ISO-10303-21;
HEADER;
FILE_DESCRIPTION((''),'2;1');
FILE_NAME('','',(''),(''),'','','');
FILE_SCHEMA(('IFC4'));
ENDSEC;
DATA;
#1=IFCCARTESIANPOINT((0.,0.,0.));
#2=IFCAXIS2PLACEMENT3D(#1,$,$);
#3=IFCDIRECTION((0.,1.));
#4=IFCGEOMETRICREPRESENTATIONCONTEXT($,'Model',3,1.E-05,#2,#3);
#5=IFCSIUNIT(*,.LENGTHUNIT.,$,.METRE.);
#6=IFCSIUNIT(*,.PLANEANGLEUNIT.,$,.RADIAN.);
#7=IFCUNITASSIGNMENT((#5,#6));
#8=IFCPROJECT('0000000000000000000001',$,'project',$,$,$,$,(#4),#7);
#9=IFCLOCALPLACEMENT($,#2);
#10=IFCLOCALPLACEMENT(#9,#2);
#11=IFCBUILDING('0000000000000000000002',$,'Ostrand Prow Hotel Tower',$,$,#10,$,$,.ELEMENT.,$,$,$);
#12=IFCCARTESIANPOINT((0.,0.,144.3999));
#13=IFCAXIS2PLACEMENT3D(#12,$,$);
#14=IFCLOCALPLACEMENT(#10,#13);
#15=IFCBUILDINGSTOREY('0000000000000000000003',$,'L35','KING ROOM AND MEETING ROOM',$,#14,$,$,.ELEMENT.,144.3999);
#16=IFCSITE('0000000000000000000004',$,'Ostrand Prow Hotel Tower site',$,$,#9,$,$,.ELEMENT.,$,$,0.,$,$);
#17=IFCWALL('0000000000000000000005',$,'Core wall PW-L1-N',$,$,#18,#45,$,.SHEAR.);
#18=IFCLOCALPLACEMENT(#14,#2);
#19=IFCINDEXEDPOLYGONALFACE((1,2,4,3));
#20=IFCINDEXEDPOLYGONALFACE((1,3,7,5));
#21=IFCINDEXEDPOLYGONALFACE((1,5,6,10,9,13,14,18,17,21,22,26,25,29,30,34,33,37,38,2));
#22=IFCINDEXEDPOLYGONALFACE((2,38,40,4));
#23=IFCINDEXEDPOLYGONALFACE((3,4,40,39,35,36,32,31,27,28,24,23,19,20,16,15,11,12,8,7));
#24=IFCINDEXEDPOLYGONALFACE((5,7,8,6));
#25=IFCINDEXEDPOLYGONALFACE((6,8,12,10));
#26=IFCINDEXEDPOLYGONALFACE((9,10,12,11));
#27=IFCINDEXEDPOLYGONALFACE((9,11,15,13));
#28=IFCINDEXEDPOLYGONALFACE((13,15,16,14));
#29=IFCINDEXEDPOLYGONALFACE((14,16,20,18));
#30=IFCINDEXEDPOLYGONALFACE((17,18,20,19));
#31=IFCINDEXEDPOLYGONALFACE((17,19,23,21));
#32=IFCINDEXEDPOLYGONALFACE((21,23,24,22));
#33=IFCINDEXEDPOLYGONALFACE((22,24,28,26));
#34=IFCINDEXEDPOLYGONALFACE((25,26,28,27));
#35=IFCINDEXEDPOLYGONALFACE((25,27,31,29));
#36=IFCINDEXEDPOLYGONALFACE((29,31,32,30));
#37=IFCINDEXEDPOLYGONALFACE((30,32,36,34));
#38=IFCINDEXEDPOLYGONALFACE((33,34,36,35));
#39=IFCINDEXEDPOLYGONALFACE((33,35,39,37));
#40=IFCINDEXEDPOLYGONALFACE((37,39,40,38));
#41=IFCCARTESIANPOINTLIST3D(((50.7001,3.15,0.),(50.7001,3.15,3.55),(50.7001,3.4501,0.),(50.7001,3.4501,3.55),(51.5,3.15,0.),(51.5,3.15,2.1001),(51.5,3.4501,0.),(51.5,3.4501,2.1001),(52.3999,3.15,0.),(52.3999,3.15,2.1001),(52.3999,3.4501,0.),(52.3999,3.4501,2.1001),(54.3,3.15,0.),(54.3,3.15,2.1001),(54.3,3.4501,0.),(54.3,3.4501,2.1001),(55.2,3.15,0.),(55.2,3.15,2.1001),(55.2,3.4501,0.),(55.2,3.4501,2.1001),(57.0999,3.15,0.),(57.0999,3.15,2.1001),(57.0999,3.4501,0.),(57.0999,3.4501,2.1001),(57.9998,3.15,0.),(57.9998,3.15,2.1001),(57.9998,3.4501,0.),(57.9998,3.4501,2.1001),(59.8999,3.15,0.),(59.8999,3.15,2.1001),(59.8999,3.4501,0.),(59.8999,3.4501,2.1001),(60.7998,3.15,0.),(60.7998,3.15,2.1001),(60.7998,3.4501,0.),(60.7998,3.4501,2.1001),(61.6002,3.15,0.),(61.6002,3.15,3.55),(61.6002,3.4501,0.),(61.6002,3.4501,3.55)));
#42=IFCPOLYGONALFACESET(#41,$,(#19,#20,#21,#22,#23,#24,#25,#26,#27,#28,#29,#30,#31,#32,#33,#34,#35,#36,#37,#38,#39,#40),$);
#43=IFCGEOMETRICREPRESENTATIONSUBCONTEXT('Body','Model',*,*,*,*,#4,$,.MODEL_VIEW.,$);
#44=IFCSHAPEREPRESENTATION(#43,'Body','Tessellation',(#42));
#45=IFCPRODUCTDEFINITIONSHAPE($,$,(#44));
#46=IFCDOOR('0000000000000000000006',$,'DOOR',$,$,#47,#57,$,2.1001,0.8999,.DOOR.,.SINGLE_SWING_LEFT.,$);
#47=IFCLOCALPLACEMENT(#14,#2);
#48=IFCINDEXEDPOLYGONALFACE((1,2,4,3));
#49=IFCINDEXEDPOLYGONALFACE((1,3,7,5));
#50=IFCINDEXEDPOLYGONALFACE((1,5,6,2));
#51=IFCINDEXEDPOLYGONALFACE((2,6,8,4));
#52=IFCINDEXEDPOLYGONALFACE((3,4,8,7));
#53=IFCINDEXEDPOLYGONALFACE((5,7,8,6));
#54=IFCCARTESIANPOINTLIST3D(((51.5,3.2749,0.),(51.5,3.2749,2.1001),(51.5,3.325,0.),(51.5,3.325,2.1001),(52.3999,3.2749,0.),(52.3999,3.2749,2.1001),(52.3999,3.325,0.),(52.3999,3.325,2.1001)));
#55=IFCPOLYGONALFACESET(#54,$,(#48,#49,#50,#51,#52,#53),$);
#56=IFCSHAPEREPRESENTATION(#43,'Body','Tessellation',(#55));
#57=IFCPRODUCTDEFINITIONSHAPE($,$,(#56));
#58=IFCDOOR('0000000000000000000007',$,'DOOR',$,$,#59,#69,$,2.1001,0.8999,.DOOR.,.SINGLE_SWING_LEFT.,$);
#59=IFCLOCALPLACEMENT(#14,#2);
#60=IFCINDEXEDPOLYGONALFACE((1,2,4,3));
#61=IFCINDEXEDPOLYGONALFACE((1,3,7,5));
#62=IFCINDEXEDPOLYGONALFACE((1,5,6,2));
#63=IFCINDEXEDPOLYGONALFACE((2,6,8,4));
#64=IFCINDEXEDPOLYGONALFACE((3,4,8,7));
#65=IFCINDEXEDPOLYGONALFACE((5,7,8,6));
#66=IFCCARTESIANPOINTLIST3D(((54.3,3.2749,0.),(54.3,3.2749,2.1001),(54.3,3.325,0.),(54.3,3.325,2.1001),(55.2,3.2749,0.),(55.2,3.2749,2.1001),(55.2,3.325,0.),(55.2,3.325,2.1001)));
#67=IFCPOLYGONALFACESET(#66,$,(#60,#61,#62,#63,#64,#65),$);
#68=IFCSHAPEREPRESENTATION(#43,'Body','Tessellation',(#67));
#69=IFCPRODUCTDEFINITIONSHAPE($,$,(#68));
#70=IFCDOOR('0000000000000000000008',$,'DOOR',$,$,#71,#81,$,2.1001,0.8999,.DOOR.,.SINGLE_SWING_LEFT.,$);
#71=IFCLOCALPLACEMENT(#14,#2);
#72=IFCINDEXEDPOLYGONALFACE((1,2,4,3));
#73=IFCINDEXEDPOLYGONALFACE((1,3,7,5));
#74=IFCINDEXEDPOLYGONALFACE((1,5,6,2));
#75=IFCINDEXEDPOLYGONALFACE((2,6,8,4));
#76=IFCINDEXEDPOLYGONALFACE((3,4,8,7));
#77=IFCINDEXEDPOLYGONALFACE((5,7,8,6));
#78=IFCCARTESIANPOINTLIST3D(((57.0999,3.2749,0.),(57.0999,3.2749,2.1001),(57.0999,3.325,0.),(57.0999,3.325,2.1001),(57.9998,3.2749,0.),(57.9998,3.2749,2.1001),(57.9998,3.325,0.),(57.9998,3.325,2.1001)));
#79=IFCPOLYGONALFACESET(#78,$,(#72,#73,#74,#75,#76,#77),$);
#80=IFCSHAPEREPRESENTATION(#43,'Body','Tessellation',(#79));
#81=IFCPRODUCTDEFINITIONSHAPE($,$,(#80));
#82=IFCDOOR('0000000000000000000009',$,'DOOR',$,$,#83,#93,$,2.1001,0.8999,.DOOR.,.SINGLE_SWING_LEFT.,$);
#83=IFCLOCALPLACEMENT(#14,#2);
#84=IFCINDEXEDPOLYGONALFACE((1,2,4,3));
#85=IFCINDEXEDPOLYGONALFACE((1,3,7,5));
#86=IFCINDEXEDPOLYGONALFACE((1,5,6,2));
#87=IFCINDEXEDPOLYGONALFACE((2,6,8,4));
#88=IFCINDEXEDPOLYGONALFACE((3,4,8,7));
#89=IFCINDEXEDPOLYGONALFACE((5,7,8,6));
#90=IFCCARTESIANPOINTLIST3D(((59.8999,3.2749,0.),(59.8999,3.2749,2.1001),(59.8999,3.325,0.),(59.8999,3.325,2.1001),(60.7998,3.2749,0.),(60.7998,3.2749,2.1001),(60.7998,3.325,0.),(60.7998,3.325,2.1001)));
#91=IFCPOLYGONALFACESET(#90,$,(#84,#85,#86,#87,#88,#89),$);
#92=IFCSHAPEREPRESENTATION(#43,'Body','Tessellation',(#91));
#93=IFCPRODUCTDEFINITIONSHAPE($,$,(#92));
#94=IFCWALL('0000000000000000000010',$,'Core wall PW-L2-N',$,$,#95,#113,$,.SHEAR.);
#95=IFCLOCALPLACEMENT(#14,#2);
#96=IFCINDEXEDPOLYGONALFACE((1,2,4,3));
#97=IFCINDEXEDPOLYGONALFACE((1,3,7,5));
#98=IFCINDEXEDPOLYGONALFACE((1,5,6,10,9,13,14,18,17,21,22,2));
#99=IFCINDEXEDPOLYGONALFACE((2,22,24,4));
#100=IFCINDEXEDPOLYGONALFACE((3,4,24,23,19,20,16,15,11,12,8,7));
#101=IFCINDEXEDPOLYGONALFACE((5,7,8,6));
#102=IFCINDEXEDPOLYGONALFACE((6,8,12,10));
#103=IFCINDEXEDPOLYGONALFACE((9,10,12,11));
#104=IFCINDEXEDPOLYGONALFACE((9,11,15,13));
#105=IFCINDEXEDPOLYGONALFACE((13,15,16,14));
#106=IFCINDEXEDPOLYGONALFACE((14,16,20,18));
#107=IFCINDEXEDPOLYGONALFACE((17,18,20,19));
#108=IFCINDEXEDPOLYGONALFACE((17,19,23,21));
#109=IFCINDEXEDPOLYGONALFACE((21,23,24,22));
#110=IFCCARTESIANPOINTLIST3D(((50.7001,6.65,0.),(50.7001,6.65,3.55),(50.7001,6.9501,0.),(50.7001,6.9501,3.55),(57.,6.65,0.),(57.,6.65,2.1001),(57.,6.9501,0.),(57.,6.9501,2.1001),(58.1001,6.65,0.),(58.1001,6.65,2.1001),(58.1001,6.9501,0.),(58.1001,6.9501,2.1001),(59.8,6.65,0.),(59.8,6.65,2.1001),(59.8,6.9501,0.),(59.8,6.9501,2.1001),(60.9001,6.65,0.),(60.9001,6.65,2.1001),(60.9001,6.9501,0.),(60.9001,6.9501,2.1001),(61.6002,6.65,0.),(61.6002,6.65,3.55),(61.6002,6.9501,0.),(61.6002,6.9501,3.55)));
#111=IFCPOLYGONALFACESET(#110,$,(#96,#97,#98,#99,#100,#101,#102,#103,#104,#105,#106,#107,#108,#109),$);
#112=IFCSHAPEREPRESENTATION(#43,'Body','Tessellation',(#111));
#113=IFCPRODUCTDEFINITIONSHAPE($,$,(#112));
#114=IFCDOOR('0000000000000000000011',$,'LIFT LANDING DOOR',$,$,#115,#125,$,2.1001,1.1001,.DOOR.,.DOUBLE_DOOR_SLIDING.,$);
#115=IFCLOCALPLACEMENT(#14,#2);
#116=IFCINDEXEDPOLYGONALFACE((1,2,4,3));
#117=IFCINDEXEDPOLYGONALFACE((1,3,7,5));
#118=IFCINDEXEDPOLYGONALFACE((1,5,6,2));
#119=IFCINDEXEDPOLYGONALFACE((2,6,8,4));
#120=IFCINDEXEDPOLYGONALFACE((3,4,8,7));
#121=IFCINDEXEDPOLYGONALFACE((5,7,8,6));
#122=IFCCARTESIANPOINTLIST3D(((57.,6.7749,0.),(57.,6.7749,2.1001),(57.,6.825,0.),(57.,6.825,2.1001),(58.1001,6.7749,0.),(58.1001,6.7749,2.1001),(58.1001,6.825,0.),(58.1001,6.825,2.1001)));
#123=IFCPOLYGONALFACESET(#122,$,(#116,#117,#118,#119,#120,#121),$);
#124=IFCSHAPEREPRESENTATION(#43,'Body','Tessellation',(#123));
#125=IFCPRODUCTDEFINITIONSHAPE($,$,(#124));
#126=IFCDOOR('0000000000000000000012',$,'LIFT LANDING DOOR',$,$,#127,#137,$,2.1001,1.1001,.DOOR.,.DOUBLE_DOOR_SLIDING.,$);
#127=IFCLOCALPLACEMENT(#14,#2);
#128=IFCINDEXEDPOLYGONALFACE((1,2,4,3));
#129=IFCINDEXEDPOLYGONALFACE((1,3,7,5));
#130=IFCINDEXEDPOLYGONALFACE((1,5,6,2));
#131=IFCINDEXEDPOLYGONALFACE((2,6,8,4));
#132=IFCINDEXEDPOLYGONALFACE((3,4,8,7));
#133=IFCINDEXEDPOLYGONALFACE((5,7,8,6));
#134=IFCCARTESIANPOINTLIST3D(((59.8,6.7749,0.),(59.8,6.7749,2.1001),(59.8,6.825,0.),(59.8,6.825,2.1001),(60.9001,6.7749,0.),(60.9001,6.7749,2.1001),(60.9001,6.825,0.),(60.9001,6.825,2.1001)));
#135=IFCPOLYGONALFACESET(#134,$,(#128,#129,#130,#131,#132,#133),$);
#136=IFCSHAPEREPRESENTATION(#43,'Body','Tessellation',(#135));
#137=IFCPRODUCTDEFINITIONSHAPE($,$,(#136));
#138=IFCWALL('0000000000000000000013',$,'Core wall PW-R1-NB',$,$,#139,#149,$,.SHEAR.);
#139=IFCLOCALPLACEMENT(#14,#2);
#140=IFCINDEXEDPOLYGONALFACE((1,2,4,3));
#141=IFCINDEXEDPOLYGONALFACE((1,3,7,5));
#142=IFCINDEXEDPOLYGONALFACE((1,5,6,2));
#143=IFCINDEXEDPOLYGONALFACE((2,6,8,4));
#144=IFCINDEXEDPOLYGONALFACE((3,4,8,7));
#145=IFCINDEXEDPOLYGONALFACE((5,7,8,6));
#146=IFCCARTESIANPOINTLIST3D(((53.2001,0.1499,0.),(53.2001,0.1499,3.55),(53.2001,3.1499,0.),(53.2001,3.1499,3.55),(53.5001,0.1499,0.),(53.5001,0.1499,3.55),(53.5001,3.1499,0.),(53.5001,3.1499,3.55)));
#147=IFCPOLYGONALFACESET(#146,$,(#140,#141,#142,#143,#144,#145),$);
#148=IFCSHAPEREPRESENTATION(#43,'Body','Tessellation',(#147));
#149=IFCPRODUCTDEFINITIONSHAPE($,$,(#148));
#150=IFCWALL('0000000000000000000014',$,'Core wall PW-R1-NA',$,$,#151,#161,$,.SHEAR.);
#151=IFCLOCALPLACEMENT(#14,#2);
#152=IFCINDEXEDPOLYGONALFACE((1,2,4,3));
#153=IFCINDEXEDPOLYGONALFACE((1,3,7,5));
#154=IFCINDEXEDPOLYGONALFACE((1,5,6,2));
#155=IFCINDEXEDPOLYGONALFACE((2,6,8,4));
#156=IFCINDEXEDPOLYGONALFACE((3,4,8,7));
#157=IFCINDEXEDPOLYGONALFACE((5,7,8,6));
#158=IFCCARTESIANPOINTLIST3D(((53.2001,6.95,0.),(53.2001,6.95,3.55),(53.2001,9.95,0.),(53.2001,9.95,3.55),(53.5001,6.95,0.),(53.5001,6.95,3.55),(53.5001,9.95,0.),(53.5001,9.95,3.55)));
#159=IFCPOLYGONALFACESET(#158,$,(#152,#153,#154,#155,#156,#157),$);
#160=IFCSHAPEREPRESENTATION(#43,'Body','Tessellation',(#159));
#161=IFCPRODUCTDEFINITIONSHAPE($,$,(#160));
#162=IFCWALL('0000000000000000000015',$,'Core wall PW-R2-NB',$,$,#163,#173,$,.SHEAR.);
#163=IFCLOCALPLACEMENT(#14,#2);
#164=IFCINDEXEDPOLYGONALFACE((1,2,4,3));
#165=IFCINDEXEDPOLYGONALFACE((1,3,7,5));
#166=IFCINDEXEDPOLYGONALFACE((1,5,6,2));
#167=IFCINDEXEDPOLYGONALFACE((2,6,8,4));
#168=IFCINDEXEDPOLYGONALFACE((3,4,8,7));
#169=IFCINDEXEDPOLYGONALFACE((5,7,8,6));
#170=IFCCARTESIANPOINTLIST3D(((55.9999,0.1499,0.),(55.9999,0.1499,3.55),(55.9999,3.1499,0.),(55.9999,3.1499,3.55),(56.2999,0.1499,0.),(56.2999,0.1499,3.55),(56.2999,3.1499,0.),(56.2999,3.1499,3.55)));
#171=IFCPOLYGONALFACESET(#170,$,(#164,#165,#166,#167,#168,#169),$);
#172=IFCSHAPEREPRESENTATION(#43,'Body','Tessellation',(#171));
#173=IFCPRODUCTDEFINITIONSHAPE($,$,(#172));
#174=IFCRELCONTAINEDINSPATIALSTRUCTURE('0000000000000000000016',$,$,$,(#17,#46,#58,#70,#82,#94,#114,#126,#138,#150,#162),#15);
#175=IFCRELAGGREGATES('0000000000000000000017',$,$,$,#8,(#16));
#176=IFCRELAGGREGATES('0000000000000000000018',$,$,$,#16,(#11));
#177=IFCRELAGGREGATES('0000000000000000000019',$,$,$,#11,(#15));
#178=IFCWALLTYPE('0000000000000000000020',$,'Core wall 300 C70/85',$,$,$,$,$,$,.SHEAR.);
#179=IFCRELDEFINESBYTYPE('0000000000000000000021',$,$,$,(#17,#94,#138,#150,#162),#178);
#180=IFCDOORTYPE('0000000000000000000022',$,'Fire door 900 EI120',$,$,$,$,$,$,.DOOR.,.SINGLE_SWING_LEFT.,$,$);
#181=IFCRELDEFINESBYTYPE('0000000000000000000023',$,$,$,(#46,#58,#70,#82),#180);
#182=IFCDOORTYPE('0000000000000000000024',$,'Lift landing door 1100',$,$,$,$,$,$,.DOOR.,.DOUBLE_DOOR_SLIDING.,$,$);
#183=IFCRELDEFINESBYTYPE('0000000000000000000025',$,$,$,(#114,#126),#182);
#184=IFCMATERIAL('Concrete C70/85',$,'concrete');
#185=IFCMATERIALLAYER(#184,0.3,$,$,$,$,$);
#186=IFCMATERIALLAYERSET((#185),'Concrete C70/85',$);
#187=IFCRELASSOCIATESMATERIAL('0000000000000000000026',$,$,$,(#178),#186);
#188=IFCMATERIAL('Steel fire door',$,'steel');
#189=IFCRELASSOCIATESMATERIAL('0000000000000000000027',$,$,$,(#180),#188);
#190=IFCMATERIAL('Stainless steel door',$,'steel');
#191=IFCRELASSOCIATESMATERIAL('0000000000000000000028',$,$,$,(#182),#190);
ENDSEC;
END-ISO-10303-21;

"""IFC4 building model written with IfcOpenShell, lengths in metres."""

from ifc_helpers import new_model, si_unit, direction, frame, frame_2d, origin, place, context, subcontext, project, spatial, rectangle, extrude, material, layer, layer_set, type_object, element, fill, save


model = new_model("IFC4")

# Units and contexts
model_context = context("Model", 3, precision=1e-05, world=origin(), true_north=direction((0.0, 1.0)))
body_context = subcontext(model_context, "Body", "Model", "MODEL_VIEW")
ifc_project = project(units=[si_unit("LENGTHUNIT", "METRE"), si_unit("PLANEANGLEUNIT", "RADIAN")], contexts=[model_context])

# Site, building, storey
site_placement = place(None, origin())
site = spatial("IfcSite", under=ifc_project, at=site_placement, Name="Ostrand Prow Hotel Tower site", CompositionType="ELEMENT", RefElevation=0.0)
building_placement = place(site_placement, origin())
building = spatial("IfcBuilding", under=site, at=building_placement, Name="Ostrand Prow Hotel Tower", CompositionType="ELEMENT")
storey_placement = place(building_placement, frame((0.0, 0.0, 144.3999)))
storey = spatial("IfcBuildingStorey", under=building, at=storey_placement, Name="L35", Description="KING ROOM AND MEETING ROOM", CompositionType="ELEMENT", Elevation=144.3999)

# Walls, openings, doors
ifc_material_1 = material(Name="Concrete C70/85", Category="concrete")
ifc_layer_1 = layer(ifc_material_1, 0.3)
ifc_layer_set_1 = layer_set([ifc_layer_1], Name="Concrete C70/85")
wall_type_1 = type_object("IfcWallType", Name="Core wall 300 C70/85", PredefinedType="SHEAR", material=ifc_layer_set_1)
wall_1_placement = place(storey_placement, frame((50.7, 3.3, 0.0), z_axis=(0.0, 0.0, 1.0), x_axis=(1.0, 0.0, 0.0)))
wall_1 = element("IfcWall", 1, at=wall_1_placement, inside=storey, type_object=wall_type_1, Name="Core wall PW-L1-N", PredefinedType="SHEAR", context=body_context, shape_type="SweptSolid", body=[
    extrude(rectangle(XDim=10.9001, YDim=0.3, at=frame_2d((5.4502, 0.0))), origin(), (0.0, 0.0, 1.0), 3.55),
])
opening_1_placement = place(wall_1_placement, frame((0.8, 0.0, 0.0)))
opening_1 = element("IfcOpeningElement", 2, at=opening_1_placement, cuts=wall_1, PredefinedType="OPENING", context=body_context, shape_type="SweptSolid", body=[
    extrude(rectangle(XDim=0.8999, YDim=2.1001, at=frame_2d((0.45, 1.05))), frame((0.0, 0.1599, 0.0), z_axis=(0.0, -1.0, 0.0), x_axis=(1.0, 0.0, 0.0)), (0.0, 0.0, 1.0), 0.3201),
])
opening_2_placement = place(wall_1_placement, frame((3.6001, 0.0, 0.0)))
opening_2 = element("IfcOpeningElement", 3, at=opening_2_placement, cuts=wall_1, PredefinedType="OPENING", context=body_context, shape_type="SweptSolid", body=[
    extrude(rectangle(XDim=0.8999, YDim=2.1001, at=frame_2d((0.45, 1.05))), frame((0.0, 0.1599, 0.0), z_axis=(0.0, -1.0, 0.0), x_axis=(1.0, 0.0, 0.0)), (0.0, 0.0, 1.0), 0.3201),
])
opening_3_placement = place(wall_1_placement, frame((6.3999, 0.0, 0.0)))
opening_3 = element("IfcOpeningElement", 4, at=opening_3_placement, cuts=wall_1, PredefinedType="OPENING", context=body_context, shape_type="SweptSolid", body=[
    extrude(rectangle(XDim=0.8999, YDim=2.1001, at=frame_2d((0.45, 1.05))), frame((0.0, 0.1599, 0.0), z_axis=(0.0, -1.0, 0.0), x_axis=(1.0, 0.0, 0.0)), (0.0, 0.0, 1.0), 0.3201),
])
opening_4_placement = place(wall_1_placement, frame((9.2, 0.0, 0.0)))
opening_4 = element("IfcOpeningElement", 5, at=opening_4_placement, cuts=wall_1, PredefinedType="OPENING", context=body_context, shape_type="SweptSolid", body=[
    extrude(rectangle(XDim=0.8999, YDim=2.1001, at=frame_2d((0.45, 1.05))), frame((0.0, 0.1599, 0.0), z_axis=(0.0, -1.0, 0.0), x_axis=(1.0, 0.0, 0.0)), (0.0, 0.0, 1.0), 0.3201),
])
ifc_material_2 = material(Name="Steel fire door", Category="steel")
door_type_1 = type_object("IfcDoorType", Name="Fire door 900 EI120", OperationType="SINGLE_SWING_LEFT", PredefinedType="DOOR", material=ifc_material_2)
door_1_placement = place(opening_1_placement, origin())
door_1 = element("IfcDoor", 6, at=door_1_placement, inside=storey, type_object=door_type_1, Name="DOOR", OperationType="SINGLE_SWING_LEFT", OverallHeight=2.1001, OverallWidth=0.8999, PredefinedType="DOOR", context=body_context, shape_type="SweptSolid", body=[
    extrude(rectangle(XDim=0.8999, YDim=2.1001, at=frame_2d((0.45, 1.05))), frame((0.0, 0.0249, 0.0), z_axis=(0.0, -1.0, 0.0), x_axis=(1.0, 0.0, 0.0)), (0.0, 0.0, 1.0), 0.05),
])
fill(opening_1, door_1)
door_2_placement = place(opening_2_placement, origin())
door_2 = element("IfcDoor", 7, at=door_2_placement, inside=storey, type_object=door_type_1, Name="DOOR", OperationType="SINGLE_SWING_LEFT", OverallHeight=2.1001, OverallWidth=0.8999, PredefinedType="DOOR", context=body_context, shape_type="SweptSolid", body=[
    extrude(rectangle(XDim=0.8999, YDim=2.1001, at=frame_2d((0.45, 1.05))), frame((0.0, 0.0249, 0.0), z_axis=(0.0, -1.0, 0.0), x_axis=(1.0, 0.0, 0.0)), (0.0, 0.0, 1.0), 0.05),
])
fill(opening_2, door_2)
door_3_placement = place(opening_3_placement, origin())
door_3 = element("IfcDoor", 8, at=door_3_placement, inside=storey, type_object=door_type_1, Name="DOOR", OperationType="SINGLE_SWING_LEFT", OverallHeight=2.1001, OverallWidth=0.8999, PredefinedType="DOOR", context=body_context, shape_type="SweptSolid", body=[
    extrude(rectangle(XDim=0.8999, YDim=2.1001, at=frame_2d((0.45, 1.05))), frame((0.0, 0.0249, 0.0), z_axis=(0.0, -1.0, 0.0), x_axis=(1.0, 0.0, 0.0)), (0.0, 0.0, 1.0), 0.05),
])
fill(opening_3, door_3)
door_4_placement = place(opening_4_placement, origin())
door_4 = element("IfcDoor", 9, at=door_4_placement, inside=storey, type_object=door_type_1, Name="DOOR", OperationType="SINGLE_SWING_LEFT", OverallHeight=2.1001, OverallWidth=0.8999, PredefinedType="DOOR", context=body_context, shape_type="SweptSolid", body=[
    extrude(rectangle(XDim=0.8999, YDim=2.1001, at=frame_2d((0.45, 1.05))), frame((0.0, 0.0249, 0.0), z_axis=(0.0, -1.0, 0.0), x_axis=(1.0, 0.0, 0.0)), (0.0, 0.0, 1.0), 0.05),
])
fill(opening_4, door_4)
wall_2_placement = place(storey_placement, frame((50.7, 6.8, 0.0), z_axis=(0.0, 0.0, 1.0), x_axis=(1.0, 0.0, 0.0)))
wall_2 = element("IfcWall", 10, at=wall_2_placement, inside=storey, type_object=wall_type_1, Name="Core wall PW-L2-N", PredefinedType="SHEAR", context=body_context, shape_type="SweptSolid", body=[
    extrude(rectangle(XDim=10.9001, YDim=0.3, at=frame_2d((5.4502, 0.0))), origin(), (0.0, 0.0, 1.0), 3.55),
])
opening_5_placement = place(wall_2_placement, frame((6.3, 0.0, 0.0)))
opening_5 = element("IfcOpeningElement", 11, at=opening_5_placement, cuts=wall_2, PredefinedType="OPENING", context=body_context, shape_type="SweptSolid", body=[
    extrude(rectangle(XDim=1.1001, YDim=2.1001, at=frame_2d((0.55, 1.05))), frame((0.0, 0.1599, 0.0), z_axis=(0.0, -1.0, 0.0), x_axis=(1.0, 0.0, 0.0)), (0.0, 0.0, 1.0), 0.3201),
])
opening_6_placement = place(wall_2_placement, frame((9.1001, 0.0, 0.0)))
opening_6 = element("IfcOpeningElement", 12, at=opening_6_placement, cuts=wall_2, PredefinedType="OPENING", context=body_context, shape_type="SweptSolid", body=[
    extrude(rectangle(XDim=1.1001, YDim=2.1001, at=frame_2d((0.55, 1.05))), frame((0.0, 0.1599, 0.0), z_axis=(0.0, -1.0, 0.0), x_axis=(1.0, 0.0, 0.0)), (0.0, 0.0, 1.0), 0.3201),
])
ifc_material_3 = material(Name="Stainless steel door", Category="steel")
door_type_2 = type_object("IfcDoorType", Name="Lift landing door 1100", OperationType="DOUBLE_DOOR_SLIDING", PredefinedType="DOOR", material=ifc_material_3)
door_5_placement = place(opening_5_placement, origin())
door_5 = element("IfcDoor", 13, at=door_5_placement, inside=storey, type_object=door_type_2, Name="LIFT LANDING DOOR", OperationType="DOUBLE_DOOR_SLIDING", OverallHeight=2.1001, OverallWidth=1.1001, PredefinedType="DOOR", context=body_context, shape_type="SweptSolid", body=[
    extrude(rectangle(XDim=1.1001, YDim=2.1001, at=frame_2d((0.55, 1.05))), frame((0.0, 0.0249, 0.0), z_axis=(0.0, -1.0, 0.0), x_axis=(1.0, 0.0, 0.0)), (0.0, 0.0, 1.0), 0.05),
])
fill(opening_5, door_5)
door_6_placement = place(opening_6_placement, origin())
door_6 = element("IfcDoor", 14, at=door_6_placement, inside=storey, type_object=door_type_2, Name="LIFT LANDING DOOR", OperationType="DOUBLE_DOOR_SLIDING", OverallHeight=2.1001, OverallWidth=1.1001, PredefinedType="DOOR", context=body_context, shape_type="SweptSolid", body=[
    extrude(rectangle(XDim=1.1001, YDim=2.1001, at=frame_2d((0.55, 1.05))), frame((0.0, 0.0249, 0.0), z_axis=(0.0, -1.0, 0.0), x_axis=(1.0, 0.0, 0.0)), (0.0, 0.0, 1.0), 0.05),
])
fill(opening_6, door_6)

# Walls
for number, where, z_axis, x_axis, name in (
    (15, (53.3501, 0.1499, 0.0), (0.0, 0.0, 1.0), (0.0, 1.0, 0.0), "Core wall PW-R1-NB"),
    (16, (53.3501, 6.95, 0.0), (0.0, 0.0, 1.0), (0.0, 1.0, 0.0), "Core wall PW-R1-NA"),
    (17, (56.1499, 0.1499, 0.0), (0.0, 0.0, 1.0), (0.0, 1.0, 0.0), "Core wall PW-R2-NB"),
):
    element("IfcWall", number, at=place(storey_placement, frame(where, z_axis=z_axis, x_axis=x_axis)), inside=storey, type_object=wall_type_1, Name=name, PredefinedType="SHEAR", context=body_context, shape_type="SweptSolid", body=[
        extrude(rectangle(XDim=3.0, YDim=0.3, at=frame_2d((1.5, 0.0))), origin(), (0.0, 0.0, 1.0), 3.55),
    ])

save(model, "model.ifc")
